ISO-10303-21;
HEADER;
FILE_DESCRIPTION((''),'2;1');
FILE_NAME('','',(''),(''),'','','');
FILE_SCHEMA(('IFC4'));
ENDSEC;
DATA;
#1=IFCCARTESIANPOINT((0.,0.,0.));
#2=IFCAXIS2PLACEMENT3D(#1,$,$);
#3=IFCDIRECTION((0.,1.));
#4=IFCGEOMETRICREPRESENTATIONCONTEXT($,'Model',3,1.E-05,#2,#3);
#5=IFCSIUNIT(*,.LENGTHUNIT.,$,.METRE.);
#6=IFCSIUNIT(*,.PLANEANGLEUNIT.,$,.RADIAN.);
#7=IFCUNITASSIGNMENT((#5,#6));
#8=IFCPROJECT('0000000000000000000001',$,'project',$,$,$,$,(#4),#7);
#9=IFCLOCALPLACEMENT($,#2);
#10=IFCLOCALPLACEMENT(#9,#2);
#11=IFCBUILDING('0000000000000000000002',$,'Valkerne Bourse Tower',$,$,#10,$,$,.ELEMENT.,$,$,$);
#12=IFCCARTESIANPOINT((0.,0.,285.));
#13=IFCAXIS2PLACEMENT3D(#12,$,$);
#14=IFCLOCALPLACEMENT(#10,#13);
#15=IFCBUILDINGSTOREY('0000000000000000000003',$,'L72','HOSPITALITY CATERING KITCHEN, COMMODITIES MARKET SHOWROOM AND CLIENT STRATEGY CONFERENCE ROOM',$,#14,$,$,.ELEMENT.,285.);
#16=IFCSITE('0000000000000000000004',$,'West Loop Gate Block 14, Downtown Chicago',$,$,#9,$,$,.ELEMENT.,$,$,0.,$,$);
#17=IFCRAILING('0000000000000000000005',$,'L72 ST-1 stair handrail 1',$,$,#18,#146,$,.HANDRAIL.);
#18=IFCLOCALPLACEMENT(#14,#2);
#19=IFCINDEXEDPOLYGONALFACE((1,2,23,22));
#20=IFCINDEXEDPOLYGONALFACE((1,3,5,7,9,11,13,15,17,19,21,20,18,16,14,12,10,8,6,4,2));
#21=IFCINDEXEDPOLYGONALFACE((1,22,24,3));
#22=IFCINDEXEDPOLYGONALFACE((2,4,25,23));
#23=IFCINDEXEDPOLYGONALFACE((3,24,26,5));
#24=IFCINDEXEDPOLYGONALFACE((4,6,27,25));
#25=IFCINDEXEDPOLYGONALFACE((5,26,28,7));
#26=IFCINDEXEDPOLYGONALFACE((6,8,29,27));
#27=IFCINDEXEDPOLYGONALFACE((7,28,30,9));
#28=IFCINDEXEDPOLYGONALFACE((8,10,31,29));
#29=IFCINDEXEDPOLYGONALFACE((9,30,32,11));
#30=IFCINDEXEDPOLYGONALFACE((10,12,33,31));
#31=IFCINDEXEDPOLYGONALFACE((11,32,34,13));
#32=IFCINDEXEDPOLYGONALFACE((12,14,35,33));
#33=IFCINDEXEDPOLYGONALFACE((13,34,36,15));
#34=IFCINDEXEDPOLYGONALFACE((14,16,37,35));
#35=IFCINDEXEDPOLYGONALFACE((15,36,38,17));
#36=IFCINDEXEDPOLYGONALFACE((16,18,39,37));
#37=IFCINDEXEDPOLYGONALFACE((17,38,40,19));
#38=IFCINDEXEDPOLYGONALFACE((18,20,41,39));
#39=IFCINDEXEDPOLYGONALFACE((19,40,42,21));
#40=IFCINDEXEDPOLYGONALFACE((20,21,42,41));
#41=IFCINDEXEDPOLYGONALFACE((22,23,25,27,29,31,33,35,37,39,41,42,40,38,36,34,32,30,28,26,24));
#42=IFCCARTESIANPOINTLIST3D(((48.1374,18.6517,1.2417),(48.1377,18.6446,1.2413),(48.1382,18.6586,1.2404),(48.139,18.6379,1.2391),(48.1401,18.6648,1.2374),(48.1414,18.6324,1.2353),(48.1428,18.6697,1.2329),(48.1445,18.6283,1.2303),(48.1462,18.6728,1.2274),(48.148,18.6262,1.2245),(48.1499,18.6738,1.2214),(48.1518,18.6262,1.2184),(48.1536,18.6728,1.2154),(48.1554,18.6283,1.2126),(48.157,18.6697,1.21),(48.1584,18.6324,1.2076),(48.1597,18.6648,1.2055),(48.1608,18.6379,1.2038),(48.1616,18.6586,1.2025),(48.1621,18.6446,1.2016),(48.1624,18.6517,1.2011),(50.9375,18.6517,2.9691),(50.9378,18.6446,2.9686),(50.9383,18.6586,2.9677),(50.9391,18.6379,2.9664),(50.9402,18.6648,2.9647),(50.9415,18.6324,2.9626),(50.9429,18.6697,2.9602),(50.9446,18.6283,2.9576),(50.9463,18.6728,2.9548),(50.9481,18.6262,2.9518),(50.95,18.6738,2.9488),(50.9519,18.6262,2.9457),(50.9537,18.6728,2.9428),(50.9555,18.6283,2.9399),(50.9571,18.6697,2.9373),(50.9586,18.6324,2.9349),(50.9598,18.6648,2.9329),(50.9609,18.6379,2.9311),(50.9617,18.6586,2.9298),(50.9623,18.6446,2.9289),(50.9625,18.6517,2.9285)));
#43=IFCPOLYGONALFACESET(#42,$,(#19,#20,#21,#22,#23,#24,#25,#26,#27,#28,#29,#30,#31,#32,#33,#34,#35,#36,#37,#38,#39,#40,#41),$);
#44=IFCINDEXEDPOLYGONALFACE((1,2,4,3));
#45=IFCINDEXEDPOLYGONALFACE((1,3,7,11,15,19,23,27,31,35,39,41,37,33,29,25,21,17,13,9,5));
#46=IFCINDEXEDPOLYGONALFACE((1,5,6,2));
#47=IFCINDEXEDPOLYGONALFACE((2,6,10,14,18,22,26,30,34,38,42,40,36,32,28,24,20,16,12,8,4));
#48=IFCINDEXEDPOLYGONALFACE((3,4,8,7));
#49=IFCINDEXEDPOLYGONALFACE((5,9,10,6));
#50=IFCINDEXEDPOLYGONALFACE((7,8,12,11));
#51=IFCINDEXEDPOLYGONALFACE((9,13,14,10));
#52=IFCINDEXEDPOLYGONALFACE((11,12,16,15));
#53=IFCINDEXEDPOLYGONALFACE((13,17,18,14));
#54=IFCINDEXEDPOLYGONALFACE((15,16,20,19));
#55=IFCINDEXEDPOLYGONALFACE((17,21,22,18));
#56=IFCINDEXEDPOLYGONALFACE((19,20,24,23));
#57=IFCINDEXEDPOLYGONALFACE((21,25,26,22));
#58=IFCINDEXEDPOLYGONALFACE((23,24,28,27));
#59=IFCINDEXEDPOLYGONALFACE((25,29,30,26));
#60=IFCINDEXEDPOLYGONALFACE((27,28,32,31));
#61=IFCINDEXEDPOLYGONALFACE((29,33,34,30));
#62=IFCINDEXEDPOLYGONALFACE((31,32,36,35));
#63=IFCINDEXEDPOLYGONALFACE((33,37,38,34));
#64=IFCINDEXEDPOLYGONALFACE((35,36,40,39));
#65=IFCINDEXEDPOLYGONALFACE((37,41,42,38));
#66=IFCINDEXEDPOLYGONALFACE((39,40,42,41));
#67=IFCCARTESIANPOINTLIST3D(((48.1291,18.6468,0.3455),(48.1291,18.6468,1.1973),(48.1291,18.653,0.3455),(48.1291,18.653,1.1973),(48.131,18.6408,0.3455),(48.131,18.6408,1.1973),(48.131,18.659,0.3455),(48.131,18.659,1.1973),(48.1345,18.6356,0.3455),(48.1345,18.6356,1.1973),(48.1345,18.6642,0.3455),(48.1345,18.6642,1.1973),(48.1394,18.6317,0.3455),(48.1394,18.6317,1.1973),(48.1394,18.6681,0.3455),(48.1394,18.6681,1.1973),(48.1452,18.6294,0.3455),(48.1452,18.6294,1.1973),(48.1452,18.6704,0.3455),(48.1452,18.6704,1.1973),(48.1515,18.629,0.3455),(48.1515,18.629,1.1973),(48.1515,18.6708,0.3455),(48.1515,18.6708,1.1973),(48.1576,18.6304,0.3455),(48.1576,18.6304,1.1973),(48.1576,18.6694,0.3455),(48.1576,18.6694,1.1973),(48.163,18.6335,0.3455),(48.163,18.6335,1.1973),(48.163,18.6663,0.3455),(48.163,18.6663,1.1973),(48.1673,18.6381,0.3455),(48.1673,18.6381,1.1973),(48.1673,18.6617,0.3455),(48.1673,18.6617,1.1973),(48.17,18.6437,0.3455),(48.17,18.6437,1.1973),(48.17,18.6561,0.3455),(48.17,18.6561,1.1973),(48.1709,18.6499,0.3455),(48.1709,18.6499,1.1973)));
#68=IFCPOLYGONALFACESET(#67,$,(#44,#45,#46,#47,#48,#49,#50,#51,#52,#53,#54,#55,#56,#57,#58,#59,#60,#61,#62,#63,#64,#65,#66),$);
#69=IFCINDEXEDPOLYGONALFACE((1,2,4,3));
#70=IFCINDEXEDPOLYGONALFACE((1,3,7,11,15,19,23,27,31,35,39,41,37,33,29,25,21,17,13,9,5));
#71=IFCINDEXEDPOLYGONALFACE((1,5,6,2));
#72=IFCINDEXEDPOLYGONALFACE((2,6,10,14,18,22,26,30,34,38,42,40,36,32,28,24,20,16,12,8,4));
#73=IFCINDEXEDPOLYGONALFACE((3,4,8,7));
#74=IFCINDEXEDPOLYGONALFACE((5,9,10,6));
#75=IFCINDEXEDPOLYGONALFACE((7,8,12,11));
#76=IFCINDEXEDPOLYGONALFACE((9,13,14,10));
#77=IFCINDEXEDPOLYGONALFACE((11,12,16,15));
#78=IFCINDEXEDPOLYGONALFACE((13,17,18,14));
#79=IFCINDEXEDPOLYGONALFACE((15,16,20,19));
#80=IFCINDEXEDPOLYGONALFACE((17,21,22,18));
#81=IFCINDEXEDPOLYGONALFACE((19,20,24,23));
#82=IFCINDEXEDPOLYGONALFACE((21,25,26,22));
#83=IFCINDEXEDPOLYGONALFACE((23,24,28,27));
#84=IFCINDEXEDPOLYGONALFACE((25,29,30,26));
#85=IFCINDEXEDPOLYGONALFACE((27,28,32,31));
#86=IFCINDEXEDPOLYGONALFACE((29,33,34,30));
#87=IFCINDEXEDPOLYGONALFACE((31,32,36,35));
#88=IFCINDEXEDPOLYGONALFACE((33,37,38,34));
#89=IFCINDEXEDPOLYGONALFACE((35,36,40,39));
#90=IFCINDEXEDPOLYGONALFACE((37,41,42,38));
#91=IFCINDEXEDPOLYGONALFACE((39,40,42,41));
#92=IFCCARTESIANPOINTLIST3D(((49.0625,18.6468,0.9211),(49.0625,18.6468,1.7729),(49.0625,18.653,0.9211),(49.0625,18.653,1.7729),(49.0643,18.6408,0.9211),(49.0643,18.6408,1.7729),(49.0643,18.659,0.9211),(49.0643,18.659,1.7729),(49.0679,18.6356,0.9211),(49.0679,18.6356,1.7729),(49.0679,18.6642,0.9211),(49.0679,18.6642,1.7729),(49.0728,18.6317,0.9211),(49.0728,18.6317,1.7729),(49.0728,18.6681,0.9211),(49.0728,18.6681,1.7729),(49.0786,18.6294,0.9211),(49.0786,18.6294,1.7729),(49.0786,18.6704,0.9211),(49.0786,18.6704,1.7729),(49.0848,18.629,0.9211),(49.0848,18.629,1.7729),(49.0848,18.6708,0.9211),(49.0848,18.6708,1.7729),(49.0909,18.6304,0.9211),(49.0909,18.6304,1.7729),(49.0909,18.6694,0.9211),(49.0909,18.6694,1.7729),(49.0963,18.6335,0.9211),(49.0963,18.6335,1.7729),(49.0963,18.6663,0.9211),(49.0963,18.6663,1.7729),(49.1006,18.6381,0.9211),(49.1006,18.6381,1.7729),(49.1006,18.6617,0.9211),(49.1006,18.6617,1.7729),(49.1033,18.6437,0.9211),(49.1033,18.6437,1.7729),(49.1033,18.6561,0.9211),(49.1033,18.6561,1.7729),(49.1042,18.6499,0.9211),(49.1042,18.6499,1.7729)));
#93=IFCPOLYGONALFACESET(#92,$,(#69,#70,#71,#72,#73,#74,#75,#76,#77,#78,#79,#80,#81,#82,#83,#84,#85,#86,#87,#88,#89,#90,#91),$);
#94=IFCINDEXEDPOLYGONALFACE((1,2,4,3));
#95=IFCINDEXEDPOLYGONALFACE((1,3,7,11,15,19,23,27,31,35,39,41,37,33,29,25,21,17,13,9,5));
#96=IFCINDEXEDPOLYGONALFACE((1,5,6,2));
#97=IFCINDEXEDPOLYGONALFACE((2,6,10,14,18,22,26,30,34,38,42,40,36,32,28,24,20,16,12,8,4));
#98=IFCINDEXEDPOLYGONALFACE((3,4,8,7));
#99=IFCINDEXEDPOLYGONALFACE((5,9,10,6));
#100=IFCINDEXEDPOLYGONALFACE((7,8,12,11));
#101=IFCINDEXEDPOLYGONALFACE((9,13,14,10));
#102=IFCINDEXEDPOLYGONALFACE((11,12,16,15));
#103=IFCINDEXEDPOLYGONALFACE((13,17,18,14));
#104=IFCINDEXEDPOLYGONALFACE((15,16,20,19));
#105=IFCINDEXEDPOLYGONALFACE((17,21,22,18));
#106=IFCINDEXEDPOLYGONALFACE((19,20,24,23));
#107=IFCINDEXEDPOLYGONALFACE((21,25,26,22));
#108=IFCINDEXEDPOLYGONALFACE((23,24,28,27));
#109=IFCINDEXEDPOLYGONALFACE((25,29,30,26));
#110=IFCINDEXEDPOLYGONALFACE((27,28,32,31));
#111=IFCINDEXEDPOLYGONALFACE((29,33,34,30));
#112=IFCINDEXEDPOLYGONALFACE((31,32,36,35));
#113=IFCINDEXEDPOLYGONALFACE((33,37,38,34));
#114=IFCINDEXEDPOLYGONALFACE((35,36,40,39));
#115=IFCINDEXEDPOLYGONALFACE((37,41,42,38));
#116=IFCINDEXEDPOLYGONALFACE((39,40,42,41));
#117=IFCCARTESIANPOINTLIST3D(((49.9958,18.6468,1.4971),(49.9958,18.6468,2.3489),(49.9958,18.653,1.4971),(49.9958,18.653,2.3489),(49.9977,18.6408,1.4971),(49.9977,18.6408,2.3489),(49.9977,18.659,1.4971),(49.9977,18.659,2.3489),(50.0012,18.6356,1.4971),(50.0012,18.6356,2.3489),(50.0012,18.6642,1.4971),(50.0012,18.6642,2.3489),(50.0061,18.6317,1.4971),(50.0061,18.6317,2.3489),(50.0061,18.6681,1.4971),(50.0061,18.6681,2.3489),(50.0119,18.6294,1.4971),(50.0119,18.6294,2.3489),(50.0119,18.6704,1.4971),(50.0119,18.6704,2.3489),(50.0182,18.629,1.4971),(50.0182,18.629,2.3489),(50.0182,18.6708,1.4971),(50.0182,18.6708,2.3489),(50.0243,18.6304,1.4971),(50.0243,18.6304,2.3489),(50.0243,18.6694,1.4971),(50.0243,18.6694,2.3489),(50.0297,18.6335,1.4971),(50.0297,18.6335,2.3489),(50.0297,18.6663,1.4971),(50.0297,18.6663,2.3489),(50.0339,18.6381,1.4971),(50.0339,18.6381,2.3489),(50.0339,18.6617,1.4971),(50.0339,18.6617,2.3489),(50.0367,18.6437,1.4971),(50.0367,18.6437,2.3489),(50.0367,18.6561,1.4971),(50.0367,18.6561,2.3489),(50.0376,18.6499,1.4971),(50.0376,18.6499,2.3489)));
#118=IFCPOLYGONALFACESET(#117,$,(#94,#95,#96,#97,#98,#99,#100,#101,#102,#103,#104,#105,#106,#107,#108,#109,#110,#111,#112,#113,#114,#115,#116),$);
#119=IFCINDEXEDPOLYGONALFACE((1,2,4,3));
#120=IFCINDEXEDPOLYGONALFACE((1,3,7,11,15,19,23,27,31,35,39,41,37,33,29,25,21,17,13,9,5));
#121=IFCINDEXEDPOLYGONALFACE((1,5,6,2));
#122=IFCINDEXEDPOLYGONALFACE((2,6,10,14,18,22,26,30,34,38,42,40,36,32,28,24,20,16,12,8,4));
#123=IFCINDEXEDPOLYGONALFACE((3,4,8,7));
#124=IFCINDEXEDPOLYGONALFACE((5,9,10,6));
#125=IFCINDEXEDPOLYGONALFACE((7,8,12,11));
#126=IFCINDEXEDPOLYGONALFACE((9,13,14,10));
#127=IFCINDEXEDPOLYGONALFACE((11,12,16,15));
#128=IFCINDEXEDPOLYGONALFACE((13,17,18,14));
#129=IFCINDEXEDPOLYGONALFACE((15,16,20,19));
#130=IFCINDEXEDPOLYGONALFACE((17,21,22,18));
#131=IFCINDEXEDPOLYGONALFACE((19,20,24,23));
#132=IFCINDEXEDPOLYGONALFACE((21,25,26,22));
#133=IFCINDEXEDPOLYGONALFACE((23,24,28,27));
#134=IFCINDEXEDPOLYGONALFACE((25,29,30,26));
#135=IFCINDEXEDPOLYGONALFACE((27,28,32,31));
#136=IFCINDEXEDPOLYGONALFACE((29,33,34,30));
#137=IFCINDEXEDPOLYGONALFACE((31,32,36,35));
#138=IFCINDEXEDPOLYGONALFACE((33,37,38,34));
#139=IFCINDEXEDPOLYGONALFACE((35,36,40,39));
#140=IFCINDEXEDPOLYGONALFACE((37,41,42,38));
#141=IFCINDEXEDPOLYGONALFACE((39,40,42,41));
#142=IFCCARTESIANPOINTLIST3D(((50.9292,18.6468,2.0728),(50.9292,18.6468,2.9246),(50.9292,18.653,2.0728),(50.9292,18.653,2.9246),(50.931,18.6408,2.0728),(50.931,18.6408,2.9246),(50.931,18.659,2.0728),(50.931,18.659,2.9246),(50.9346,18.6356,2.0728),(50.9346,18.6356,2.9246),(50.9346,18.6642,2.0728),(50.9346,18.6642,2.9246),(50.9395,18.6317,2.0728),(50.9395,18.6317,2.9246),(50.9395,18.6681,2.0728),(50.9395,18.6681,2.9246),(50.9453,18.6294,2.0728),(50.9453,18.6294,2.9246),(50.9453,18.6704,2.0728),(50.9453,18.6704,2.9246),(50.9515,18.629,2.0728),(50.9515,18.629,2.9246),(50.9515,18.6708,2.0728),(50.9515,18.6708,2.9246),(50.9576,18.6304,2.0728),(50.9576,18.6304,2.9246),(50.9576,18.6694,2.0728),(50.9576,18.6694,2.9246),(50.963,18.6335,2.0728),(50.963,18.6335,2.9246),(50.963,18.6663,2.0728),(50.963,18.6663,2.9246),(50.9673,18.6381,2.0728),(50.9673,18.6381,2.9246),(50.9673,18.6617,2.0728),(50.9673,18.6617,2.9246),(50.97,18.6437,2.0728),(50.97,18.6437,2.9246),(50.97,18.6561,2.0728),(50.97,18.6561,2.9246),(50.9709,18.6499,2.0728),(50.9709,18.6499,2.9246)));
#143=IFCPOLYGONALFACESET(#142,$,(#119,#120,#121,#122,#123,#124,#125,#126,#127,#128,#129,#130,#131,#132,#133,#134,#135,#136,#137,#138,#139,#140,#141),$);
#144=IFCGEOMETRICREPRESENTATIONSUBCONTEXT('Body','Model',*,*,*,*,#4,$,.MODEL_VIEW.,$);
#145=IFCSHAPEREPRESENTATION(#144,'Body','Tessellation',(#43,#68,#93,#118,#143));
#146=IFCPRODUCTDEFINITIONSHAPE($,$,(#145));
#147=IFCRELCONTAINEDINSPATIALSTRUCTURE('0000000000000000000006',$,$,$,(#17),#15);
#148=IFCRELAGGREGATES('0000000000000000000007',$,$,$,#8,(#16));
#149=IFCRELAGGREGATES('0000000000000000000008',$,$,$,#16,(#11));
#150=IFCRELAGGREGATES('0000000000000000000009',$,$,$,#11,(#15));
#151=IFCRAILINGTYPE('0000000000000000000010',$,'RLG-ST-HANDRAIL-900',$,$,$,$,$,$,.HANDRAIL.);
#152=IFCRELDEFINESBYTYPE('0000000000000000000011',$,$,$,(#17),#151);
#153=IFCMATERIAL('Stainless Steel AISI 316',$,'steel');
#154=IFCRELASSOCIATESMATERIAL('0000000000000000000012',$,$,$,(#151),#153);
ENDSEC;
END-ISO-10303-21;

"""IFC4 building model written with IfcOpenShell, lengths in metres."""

from ifc_helpers import new_model, si_unit, direction, frame, origin, origin_2d, place, context, subcontext, project, spatial, circle, extrude, material, type_object, element, save


model = new_model("IFC4")

# Units and contexts
model_context = context("Model", 3, precision=1e-05, world=origin(), true_north=direction((0.0, 1.0)))
body_context = subcontext(model_context, "Body", "Model", "MODEL_VIEW")
ifc_project = project(units=[si_unit("LENGTHUNIT", "METRE"), si_unit("PLANEANGLEUNIT", "RADIAN")], contexts=[model_context])

# Site, building, storey
site_placement = place(None, origin())
site = spatial("IfcSite", under=ifc_project, at=site_placement, Name="West Loop Gate Block 14, Downtown Chicago", CompositionType="ELEMENT", RefElevation=0.0)
building_placement = place(site_placement, origin())
building = spatial("IfcBuilding", under=site, at=building_placement, Name="Valkerne Bourse Tower", CompositionType="ELEMENT")
storey_placement = place(building_placement, frame((0.0, 0.0, 285.0)))
storey = spatial("IfcBuildingStorey", under=building, at=storey_placement, Name="L72", Description="HOSPITALITY CATERING KITCHEN, COMMODITIES MARKET SHOWROOM AND CLIENT STRATEGY CONFERENCE ROOM", CompositionType="ELEMENT", Elevation=285.0)

# Shared definitions
ifc_material_1 = material(Name="Stainless Steel AISI 316", Category="steel")

# Railing
railing_type_1 = type_object("IfcRailingType", Name="RLG-ST-HANDRAIL-900", PredefinedType="HANDRAIL", material=ifc_material_1)
railing_1_placement = place(storey_placement, frame((48.1499, 18.6499, 0.3455)))
element("IfcRailing", 1, at=railing_1_placement, inside=storey, type_object=railing_type_1, Name="L72 ST-1 stair handrail 1", PredefinedType="HANDRAIL", context=body_context, shape_type="SweptSolid", body=[
    extrude(circle(Radius=0.0239, at=origin_2d()), frame((0.0, 0.0, 0.876), z_axis=(0.85109, 0.0, 0.52502), x_axis=(0.0, 1.0, 0.0)), (0.0, 0.0, 1.0), 3.29),
    extrude(circle(Radius=0.021, at=origin_2d()), origin(), (0.0, 0.0, 1.0), 0.8518),
    extrude(circle(Radius=0.021, at=origin_2d()), frame((0.9333, 0.0, 0.5757)), (0.0, 0.0, 1.0), 0.8518),
    extrude(circle(Radius=0.021, at=origin_2d()), frame((1.8667, 0.0, 1.1516)), (0.0, 0.0, 1.0), 0.8518),
    extrude(circle(Radius=0.021, at=origin_2d()), frame((2.8, 0.0, 1.7273)), (0.0, 0.0, 1.0), 0.8518),
])

save(model, "model.ifc")
